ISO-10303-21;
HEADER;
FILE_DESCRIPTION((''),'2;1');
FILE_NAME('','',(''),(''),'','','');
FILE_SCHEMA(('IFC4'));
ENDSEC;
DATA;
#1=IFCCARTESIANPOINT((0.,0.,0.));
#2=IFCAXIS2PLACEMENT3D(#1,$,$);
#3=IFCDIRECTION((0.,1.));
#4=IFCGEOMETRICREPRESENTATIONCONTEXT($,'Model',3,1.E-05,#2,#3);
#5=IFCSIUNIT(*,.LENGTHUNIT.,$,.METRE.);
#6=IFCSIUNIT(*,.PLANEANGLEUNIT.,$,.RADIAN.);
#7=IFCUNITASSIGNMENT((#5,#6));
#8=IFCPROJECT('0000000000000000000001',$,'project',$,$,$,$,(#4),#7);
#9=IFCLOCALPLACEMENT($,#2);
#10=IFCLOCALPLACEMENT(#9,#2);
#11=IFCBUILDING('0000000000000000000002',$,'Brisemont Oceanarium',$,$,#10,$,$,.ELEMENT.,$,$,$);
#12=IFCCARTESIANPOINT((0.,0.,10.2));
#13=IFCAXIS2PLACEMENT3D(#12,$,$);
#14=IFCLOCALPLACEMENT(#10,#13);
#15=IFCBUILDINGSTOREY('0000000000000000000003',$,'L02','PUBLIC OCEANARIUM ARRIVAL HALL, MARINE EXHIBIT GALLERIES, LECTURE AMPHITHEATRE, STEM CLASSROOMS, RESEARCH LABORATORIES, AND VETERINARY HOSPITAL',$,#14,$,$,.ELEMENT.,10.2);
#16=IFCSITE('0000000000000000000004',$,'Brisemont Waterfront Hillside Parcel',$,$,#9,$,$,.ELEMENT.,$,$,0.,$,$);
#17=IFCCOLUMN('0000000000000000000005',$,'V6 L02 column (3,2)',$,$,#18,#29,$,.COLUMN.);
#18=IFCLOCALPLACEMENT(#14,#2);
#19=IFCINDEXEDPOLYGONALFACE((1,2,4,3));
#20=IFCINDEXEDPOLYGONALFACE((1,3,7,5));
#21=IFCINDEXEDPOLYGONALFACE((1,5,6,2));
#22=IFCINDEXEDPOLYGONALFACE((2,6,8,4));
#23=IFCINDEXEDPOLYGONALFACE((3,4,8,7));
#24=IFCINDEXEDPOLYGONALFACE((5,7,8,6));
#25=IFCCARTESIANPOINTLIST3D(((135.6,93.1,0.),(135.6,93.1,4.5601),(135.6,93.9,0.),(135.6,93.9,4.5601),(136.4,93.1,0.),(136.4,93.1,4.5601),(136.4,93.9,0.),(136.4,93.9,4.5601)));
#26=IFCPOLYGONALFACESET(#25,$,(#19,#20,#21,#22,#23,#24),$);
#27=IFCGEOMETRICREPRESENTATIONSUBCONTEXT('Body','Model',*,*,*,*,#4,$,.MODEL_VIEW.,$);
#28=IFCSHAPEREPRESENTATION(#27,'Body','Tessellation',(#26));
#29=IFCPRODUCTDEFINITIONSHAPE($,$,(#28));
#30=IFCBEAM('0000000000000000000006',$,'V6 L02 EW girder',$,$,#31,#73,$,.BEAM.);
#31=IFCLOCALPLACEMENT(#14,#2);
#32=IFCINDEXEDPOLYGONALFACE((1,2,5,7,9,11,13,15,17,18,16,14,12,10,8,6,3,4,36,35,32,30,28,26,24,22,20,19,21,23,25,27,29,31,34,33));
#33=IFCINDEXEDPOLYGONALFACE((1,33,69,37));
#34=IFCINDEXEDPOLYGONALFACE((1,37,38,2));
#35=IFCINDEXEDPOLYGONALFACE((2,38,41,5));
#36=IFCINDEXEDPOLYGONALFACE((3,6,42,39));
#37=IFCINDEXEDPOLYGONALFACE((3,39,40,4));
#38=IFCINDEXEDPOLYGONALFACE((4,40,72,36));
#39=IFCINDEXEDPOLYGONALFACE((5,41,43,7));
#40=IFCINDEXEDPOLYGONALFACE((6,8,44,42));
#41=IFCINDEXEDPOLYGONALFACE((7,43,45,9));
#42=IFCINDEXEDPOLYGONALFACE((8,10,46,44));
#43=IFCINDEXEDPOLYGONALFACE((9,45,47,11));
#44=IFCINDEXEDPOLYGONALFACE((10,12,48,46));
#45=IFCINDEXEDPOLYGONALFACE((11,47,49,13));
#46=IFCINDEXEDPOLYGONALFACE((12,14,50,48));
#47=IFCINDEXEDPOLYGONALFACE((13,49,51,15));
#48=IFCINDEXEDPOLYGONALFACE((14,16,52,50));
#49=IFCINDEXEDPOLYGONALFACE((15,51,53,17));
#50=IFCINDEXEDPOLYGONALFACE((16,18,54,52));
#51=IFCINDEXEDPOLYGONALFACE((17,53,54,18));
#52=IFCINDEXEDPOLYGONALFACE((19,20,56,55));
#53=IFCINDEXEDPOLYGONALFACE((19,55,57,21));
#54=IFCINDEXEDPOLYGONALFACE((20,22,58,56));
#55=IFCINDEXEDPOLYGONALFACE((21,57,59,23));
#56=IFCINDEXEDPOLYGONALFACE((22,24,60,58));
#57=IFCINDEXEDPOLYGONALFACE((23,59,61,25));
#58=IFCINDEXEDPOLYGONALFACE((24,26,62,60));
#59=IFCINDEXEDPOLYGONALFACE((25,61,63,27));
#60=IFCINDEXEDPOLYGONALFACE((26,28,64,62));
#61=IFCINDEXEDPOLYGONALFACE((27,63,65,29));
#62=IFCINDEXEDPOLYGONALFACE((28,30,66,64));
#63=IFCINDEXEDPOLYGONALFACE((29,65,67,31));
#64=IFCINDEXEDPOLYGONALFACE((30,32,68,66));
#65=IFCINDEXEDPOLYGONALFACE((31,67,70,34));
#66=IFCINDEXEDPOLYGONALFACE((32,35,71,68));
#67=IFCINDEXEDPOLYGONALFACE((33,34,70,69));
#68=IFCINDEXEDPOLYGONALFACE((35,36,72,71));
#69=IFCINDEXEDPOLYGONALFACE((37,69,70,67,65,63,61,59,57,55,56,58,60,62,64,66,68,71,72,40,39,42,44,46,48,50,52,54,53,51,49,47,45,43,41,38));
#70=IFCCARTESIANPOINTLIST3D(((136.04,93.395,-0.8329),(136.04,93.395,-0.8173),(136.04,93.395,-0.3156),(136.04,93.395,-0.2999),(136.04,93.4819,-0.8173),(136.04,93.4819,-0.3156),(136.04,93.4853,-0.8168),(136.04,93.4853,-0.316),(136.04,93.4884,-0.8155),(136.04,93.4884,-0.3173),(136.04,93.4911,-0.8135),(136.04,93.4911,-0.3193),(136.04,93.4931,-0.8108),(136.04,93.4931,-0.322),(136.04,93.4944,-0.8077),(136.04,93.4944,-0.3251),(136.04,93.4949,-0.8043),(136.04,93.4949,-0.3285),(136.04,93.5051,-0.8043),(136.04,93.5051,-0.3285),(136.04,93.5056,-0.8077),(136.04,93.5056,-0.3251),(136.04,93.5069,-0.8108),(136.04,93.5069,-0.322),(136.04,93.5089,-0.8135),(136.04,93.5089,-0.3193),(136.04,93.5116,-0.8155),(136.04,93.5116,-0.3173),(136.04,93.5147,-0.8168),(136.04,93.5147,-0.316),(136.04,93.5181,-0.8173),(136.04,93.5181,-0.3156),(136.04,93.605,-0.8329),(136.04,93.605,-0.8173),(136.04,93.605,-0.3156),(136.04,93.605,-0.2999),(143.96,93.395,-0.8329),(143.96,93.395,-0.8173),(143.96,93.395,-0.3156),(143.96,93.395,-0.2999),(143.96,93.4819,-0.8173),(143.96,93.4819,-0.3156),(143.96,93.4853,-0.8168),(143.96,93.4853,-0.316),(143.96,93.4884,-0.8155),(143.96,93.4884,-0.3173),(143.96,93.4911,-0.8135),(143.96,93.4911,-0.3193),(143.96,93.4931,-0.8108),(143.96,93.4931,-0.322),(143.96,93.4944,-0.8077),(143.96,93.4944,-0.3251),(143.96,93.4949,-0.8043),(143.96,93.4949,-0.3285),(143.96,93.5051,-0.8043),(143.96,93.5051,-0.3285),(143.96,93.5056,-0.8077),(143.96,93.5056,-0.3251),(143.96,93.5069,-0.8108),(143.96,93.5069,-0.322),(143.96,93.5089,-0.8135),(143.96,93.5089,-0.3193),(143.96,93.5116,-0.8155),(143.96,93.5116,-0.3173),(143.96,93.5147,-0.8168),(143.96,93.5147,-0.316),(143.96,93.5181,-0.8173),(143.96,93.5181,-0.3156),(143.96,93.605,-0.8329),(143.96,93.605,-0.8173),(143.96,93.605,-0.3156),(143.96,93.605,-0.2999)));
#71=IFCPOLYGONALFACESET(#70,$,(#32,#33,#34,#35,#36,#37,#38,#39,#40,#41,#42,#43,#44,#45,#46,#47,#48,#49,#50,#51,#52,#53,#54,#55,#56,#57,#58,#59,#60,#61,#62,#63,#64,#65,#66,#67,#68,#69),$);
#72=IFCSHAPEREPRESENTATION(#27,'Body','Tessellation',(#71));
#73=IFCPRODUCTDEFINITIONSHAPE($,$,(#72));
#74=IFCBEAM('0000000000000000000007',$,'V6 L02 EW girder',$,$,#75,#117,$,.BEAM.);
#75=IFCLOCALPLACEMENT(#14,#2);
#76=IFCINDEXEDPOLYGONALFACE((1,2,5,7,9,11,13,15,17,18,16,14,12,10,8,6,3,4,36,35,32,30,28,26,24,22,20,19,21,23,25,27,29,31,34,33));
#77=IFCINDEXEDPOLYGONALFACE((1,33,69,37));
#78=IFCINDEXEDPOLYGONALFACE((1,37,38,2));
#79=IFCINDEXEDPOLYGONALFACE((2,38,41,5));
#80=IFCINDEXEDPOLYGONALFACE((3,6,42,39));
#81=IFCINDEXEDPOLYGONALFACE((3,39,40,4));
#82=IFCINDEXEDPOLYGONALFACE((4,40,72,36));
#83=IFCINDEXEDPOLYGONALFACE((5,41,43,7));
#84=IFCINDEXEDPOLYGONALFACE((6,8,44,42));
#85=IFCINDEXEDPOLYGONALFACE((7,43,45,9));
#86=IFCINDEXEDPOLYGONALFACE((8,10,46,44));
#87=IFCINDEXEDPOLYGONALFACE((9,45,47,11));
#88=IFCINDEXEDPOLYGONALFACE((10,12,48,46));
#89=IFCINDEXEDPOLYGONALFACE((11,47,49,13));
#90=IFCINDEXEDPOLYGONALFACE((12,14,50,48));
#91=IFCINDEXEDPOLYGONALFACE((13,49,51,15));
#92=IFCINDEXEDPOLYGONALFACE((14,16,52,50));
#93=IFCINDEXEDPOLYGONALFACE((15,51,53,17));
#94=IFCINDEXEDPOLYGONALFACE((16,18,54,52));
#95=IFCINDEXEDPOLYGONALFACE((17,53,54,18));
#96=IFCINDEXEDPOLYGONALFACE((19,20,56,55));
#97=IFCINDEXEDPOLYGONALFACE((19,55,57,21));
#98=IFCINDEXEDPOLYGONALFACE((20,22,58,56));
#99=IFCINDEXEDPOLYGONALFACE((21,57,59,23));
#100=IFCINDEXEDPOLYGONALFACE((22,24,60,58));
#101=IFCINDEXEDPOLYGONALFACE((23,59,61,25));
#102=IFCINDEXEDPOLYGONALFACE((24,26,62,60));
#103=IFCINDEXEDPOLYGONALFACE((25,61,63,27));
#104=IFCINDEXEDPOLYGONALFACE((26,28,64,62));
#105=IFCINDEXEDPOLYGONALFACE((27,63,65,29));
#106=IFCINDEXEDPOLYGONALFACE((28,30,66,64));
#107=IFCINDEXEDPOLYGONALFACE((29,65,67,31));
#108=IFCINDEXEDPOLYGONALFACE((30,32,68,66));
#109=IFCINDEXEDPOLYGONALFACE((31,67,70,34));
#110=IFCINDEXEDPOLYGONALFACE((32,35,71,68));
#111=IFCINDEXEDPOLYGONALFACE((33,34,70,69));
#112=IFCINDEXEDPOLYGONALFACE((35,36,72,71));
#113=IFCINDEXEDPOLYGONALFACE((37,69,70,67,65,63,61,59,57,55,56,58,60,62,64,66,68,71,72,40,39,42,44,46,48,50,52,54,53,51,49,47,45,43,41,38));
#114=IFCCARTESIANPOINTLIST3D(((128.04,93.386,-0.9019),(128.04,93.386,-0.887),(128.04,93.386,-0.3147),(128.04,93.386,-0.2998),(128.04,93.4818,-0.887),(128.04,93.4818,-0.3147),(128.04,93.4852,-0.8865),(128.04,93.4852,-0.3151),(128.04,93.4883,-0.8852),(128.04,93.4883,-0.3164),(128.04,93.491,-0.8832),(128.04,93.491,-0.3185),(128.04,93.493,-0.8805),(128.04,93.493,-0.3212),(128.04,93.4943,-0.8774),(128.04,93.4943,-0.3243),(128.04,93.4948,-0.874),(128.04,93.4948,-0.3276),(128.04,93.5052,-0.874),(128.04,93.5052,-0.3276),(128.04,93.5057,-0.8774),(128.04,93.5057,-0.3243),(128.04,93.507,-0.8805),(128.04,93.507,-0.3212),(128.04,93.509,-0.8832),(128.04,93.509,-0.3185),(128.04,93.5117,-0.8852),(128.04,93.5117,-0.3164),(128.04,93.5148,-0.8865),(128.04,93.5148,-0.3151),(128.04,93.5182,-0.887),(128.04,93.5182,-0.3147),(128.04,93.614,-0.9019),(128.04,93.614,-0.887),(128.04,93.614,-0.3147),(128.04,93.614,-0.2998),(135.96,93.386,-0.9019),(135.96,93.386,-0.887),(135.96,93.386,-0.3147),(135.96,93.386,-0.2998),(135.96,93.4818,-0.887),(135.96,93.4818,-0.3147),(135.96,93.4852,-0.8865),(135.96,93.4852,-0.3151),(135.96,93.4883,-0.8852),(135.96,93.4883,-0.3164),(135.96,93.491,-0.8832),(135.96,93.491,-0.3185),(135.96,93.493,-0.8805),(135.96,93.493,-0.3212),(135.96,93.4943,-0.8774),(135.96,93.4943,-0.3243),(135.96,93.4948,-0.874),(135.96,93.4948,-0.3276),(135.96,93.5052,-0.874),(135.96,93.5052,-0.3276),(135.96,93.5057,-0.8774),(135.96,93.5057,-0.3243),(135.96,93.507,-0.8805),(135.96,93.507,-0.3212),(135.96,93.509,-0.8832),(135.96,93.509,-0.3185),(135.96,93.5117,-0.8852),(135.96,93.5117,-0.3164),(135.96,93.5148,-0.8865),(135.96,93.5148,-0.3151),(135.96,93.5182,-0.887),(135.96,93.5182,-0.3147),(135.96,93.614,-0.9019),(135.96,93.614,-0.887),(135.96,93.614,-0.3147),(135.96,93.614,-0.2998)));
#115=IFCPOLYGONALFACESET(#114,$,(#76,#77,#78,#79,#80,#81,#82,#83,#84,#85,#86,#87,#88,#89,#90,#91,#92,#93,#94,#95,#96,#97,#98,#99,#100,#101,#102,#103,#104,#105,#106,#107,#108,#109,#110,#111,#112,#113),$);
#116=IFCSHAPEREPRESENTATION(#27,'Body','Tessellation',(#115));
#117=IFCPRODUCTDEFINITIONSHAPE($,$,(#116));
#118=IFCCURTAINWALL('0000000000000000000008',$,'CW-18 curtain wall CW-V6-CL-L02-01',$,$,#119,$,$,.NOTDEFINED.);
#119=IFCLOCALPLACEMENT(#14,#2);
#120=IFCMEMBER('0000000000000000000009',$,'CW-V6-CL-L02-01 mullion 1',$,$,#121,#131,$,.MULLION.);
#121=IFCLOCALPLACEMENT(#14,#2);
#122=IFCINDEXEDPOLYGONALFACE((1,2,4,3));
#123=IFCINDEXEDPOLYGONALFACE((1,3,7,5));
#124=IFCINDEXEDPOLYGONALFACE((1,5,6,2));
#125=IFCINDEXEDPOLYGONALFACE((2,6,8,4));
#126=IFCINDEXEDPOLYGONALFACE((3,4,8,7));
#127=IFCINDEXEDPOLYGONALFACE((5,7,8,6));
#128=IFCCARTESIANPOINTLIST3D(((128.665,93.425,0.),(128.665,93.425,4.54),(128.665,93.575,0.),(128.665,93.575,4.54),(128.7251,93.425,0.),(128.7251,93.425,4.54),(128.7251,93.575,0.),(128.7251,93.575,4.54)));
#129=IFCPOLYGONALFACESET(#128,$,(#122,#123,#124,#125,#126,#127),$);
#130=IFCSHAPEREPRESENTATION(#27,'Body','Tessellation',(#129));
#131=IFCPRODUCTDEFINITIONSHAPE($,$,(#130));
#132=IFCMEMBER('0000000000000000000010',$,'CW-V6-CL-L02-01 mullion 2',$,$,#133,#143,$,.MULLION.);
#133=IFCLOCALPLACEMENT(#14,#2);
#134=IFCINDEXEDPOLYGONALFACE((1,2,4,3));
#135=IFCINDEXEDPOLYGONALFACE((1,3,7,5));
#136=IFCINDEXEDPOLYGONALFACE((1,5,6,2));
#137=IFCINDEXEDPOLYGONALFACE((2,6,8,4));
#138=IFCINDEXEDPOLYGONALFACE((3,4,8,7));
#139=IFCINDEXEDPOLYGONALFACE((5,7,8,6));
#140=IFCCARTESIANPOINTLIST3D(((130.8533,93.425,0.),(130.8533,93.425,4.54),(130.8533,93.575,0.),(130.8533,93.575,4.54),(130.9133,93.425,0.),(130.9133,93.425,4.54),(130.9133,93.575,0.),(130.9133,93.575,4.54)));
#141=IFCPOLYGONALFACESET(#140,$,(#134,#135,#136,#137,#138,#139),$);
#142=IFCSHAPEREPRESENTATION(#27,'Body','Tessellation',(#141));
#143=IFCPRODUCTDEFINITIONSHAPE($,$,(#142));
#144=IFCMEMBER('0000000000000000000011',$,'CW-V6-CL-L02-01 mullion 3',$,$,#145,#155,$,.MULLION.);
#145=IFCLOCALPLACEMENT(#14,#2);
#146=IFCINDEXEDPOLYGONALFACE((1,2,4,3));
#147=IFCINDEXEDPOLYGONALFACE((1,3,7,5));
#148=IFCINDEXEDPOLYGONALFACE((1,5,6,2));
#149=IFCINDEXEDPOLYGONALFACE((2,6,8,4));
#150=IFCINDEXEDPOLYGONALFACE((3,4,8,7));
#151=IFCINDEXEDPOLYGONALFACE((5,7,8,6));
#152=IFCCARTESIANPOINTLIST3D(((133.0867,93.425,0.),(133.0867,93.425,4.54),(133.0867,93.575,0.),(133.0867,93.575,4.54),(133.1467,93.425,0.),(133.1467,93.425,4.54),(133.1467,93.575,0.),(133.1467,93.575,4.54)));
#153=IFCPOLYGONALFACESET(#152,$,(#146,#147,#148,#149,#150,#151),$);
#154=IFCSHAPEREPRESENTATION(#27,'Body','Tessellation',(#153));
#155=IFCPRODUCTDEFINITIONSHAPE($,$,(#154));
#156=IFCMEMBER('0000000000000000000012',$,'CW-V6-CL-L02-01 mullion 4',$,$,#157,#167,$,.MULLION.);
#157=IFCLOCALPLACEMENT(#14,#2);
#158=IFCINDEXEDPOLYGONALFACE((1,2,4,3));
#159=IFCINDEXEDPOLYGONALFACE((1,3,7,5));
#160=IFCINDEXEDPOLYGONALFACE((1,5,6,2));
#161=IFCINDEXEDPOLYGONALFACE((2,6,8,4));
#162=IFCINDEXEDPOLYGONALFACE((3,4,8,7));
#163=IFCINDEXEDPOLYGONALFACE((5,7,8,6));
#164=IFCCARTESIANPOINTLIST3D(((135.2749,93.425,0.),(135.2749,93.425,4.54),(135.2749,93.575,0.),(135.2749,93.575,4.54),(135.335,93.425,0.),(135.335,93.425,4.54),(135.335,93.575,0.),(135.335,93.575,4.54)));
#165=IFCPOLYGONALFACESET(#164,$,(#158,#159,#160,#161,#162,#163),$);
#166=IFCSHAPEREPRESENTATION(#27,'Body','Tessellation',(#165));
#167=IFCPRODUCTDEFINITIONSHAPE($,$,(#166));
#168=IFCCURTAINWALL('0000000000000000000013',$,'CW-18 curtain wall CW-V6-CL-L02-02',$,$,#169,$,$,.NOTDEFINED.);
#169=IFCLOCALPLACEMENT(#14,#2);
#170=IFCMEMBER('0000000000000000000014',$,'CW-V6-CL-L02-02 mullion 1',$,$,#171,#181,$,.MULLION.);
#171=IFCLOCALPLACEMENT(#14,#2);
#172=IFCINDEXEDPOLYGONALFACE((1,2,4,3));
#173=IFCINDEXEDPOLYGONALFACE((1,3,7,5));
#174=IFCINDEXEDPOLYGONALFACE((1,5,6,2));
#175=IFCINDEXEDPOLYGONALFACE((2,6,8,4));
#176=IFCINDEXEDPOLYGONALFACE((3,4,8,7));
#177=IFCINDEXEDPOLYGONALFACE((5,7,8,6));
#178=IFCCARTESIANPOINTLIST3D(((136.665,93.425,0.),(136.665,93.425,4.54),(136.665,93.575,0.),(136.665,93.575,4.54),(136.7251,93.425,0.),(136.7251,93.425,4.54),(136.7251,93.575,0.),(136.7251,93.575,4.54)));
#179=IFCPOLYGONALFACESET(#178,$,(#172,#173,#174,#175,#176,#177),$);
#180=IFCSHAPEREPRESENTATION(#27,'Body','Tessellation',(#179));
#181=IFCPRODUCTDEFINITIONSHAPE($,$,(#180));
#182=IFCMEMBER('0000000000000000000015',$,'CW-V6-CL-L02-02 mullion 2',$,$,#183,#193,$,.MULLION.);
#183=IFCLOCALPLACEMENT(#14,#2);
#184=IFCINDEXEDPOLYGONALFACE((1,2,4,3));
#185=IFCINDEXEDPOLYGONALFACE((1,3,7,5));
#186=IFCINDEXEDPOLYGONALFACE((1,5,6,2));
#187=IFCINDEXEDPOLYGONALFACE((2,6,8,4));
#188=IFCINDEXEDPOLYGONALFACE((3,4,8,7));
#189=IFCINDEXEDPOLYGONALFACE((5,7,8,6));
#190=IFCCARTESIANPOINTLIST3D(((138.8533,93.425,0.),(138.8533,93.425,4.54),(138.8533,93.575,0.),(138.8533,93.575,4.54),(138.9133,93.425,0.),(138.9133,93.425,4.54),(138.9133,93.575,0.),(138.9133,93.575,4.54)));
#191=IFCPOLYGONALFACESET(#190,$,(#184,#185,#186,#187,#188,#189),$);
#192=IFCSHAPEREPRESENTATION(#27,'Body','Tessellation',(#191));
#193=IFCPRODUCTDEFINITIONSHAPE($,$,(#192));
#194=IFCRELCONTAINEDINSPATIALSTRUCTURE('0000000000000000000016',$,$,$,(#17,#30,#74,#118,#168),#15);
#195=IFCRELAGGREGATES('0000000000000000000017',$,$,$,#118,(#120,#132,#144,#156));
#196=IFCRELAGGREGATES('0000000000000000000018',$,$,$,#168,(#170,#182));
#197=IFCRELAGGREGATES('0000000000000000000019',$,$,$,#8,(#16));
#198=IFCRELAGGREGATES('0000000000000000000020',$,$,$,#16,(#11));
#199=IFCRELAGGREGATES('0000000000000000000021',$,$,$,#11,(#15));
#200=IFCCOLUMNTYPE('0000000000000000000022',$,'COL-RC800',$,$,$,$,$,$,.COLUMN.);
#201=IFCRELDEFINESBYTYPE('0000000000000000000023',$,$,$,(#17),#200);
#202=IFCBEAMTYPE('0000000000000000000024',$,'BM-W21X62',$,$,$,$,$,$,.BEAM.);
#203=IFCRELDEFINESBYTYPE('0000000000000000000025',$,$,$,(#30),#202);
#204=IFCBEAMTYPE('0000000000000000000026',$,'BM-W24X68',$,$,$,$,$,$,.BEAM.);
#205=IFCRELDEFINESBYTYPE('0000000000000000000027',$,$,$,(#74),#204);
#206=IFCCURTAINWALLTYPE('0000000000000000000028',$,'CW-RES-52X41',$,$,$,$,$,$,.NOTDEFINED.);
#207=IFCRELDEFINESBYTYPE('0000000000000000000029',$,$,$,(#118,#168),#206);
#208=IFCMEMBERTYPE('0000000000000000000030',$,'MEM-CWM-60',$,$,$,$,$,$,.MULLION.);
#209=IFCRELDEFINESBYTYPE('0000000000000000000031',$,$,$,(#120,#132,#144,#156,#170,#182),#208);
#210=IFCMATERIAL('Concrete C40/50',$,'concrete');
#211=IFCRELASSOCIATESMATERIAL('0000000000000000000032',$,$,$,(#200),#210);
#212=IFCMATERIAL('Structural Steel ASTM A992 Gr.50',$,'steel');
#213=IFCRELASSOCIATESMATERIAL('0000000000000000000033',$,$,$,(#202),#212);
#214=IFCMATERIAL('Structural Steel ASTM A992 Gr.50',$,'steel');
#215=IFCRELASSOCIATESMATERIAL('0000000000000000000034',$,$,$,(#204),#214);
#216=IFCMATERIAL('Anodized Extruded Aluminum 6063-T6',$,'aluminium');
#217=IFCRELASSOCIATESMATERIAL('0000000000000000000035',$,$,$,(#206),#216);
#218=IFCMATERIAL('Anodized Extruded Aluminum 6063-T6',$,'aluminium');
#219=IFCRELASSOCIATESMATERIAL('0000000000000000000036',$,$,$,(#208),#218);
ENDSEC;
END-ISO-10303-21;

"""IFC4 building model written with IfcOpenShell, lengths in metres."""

from ifc_helpers import new_model, si_unit, direction, frame, origin, origin_2d, place, context, subcontext, project, spatial, rectangle, i_section, extrude, material, material_profile, profile_set, type_object, element, aggregate, save


model = new_model("IFC4")

# Units and contexts
model_context = context("Model", 3, precision=1e-05, world=origin(), true_north=direction((0.0, 1.0)))
body_context = subcontext(model_context, "Body", "Model", "MODEL_VIEW")
ifc_project = project(units=[si_unit("LENGTHUNIT", "METRE"), si_unit("PLANEANGLEUNIT", "RADIAN")], contexts=[model_context])

# Site, building, storey
site_placement = place(None, origin())
site = spatial("IfcSite", under=ifc_project, at=site_placement, Name="Brisemont Waterfront Hillside Parcel", CompositionType="ELEMENT", RefElevation=0.0)
building_placement = place(site_placement, origin())
building = spatial("IfcBuilding", under=site, at=building_placement, Name="Brisemont Oceanarium", CompositionType="ELEMENT")
storey_placement = place(building_placement, frame((0.0, 0.0, 10.2)))
storey = spatial("IfcBuildingStorey", under=building, at=storey_placement, Name="L02", Description="PUBLIC OCEANARIUM ARRIVAL HALL, MARINE EXHIBIT GALLERIES, LECTURE AMPHITHEATRE, STEM CLASSROOMS, RESEARCH LABORATORIES, AND VETERINARY HOSPITAL", CompositionType="ELEMENT", Elevation=10.2)

# Column
ifc_material_1 = material(Name="Concrete C40/50", Category="concrete")
ifc_material_profile_1 = material_profile(ifc_material_1, rectangle(XDim=0.8, YDim=0.8, at=origin_2d()), Name="RC-COL-800X800")
ifc_profile_set_1 = profile_set([ifc_material_profile_1], Name="Concrete C40/50")
column_type = type_object("IfcColumnType", Name="COL-RC800", PredefinedType="COLUMN", material=ifc_profile_set_1)
column_placement = place(storey_placement, frame((136.0, 93.5, 0.0), z_axis=(0.0, 0.0, 1.0), x_axis=(0.0, 1.0, 0.0)))
element("IfcColumn", 1, at=column_placement, inside=storey, type_object=column_type, Name="V6 L02 column (3,2)", PredefinedType="COLUMN", context=body_context, shape_type="SweptSolid", body=[
    extrude(rectangle(XDim=0.8, YDim=0.8, at=origin_2d()), origin(), (0.0, 0.0, 1.0), 4.5601),
])

# Beams
ifc_material_2 = material(Name="Structural Steel ASTM A992 Gr.50", Category="steel")
ifc_material_profile_2 = material_profile(ifc_material_2, i_section(OverallWidth=0.21, OverallDepth=0.533, WebThickness=0.0103, FlangeThickness=0.0156, FilletRadius=0.0129, at=origin_2d()), Name="W21X62")
ifc_profile_set_2 = profile_set([ifc_material_profile_2], Name="Structural Steel ASTM A992 Gr.50")
beam_type_1 = type_object("IfcBeamType", Name="BM-W21X62", PredefinedType="BEAM", material=ifc_profile_set_2)
beam_1_placement = place(storey_placement, frame((136.04, 93.5, -0.5664), z_axis=(1.0, 0.0, 0.0), x_axis=(0.0, 1.0, 0.0)))
element("IfcBeam", 2, at=beam_1_placement, inside=storey, type_object=beam_type_1, Name="V6 L02 EW girder", PredefinedType="BEAM", context=body_context, shape_type="SweptSolid", body=[
    extrude(i_section(OverallWidth=0.21, OverallDepth=0.533, WebThickness=0.0103, FlangeThickness=0.0156, FilletRadius=0.0129, at=origin_2d()), origin(), (0.0, 0.0, 1.0), 7.9199),
])
ifc_material_3 = material(Name="Structural Steel ASTM A992 Gr.50", Category="steel")
ifc_material_profile_3 = material_profile(ifc_material_3, i_section(OverallWidth=0.228, OverallDepth=0.6021, WebThickness=0.0105, FlangeThickness=0.0149, FilletRadius=0.0129, at=origin_2d()), Name="W24X68")
ifc_profile_set_3 = profile_set([ifc_material_profile_3], Name="Structural Steel ASTM A992 Gr.50")
beam_type_2 = type_object("IfcBeamType", Name="BM-W24X68", PredefinedType="BEAM", material=ifc_profile_set_3)
beam_2_placement = place(storey_placement, frame((128.04, 93.5, -0.6008), z_axis=(1.0, 0.0, 0.0), x_axis=(0.0, 1.0, 0.0)))
element("IfcBeam", 3, at=beam_2_placement, inside=storey, type_object=beam_type_2, Name="V6 L02 EW girder", PredefinedType="BEAM", context=body_context, shape_type="SweptSolid", body=[
    extrude(i_section(OverallWidth=0.228, OverallDepth=0.6021, WebThickness=0.0105, FlangeThickness=0.0149, FilletRadius=0.0129, at=origin_2d()), origin(), (0.0, 0.0, 1.0), 7.9199),
])

# Curtain walls, members
ifc_material_4 = material(Name="Anodized Extruded Aluminum 6063-T6", Category="aluminium")
curtain_wall_type = type_object("IfcCurtainWallType", Name="CW-RES-52X41", PredefinedType="NOTDEFINED", material=ifc_material_4)
curtain_wall_1_placement = place(storey_placement, origin())
curtain_wall_1 = element("IfcCurtainWall", 4, at=curtain_wall_1_placement, inside=storey, type_object=curtain_wall_type, Name="CW-18 curtain wall CW-V6-CL-L02-01", PredefinedType="NOTDEFINED")
ifc_material_5 = material(Name="Anodized Extruded Aluminum 6063-T6", Category="aluminium")
ifc_material_profile_4 = material_profile(ifc_material_5, rectangle(XDim=0.0601, YDim=0.1499, at=origin_2d()), Name="CWM-60X150")
ifc_profile_set_4 = profile_set([ifc_material_profile_4], Name="Anodized Extruded Aluminum 6063-T6")
member_type_1 = type_object("IfcMemberType", Name="MEM-CWM-60", PredefinedType="MULLION", material=ifc_profile_set_4)
member_1_placement = place(storey_placement, frame((128.6951, 93.5, 0.0), z_axis=(0.0, 0.0, 1.0), x_axis=(1.0, 0.0, 0.0)))
member_1 = element("IfcMember", 5, at=member_1_placement, type_object=member_type_1, Name="CW-V6-CL-L02-01 mullion 1", PredefinedType="MULLION", context=body_context, shape_type="SweptSolid", body=[
    extrude(rectangle(XDim=0.0601, YDim=0.1499, at=origin_2d()), origin(), (0.0, 0.0, 1.0), 4.54),
])
member_2_placement = place(storey_placement, frame((130.8833, 93.5, 0.0), z_axis=(0.0, 0.0, 1.0), x_axis=(1.0, 0.0, 0.0)))
member_2 = element("IfcMember", 6, at=member_2_placement, type_object=member_type_1, Name="CW-V6-CL-L02-01 mullion 2", PredefinedType="MULLION", context=body_context, shape_type="SweptSolid", body=[
    extrude(rectangle(XDim=0.0601, YDim=0.1499, at=origin_2d()), origin(), (0.0, 0.0, 1.0), 4.54),
])
member_3_placement = place(storey_placement, frame((133.1167, 93.5, 0.0), z_axis=(0.0, 0.0, 1.0), x_axis=(1.0, 0.0, 0.0)))
member_3 = element("IfcMember", 7, at=member_3_placement, type_object=member_type_1, Name="CW-V6-CL-L02-01 mullion 3", PredefinedType="MULLION", context=body_context, shape_type="SweptSolid", body=[
    extrude(rectangle(XDim=0.0601, YDim=0.1499, at=origin_2d()), origin(), (0.0, 0.0, 1.0), 4.54),
])
member_4_placement = place(storey_placement, frame((135.3049, 93.5, 0.0), z_axis=(0.0, 0.0, 1.0), x_axis=(1.0, 0.0, 0.0)))
member_4 = element("IfcMember", 8, at=member_4_placement, type_object=member_type_1, Name="CW-V6-CL-L02-01 mullion 4", PredefinedType="MULLION", context=body_context, shape_type="SweptSolid", body=[
    extrude(rectangle(XDim=0.0601, YDim=0.1499, at=origin_2d()), origin(), (0.0, 0.0, 1.0), 4.54),
])
curtain_wall_2_placement = place(storey_placement, origin())
curtain_wall_2 = element("IfcCurtainWall", 9, at=curtain_wall_2_placement, inside=storey, type_object=curtain_wall_type, Name="CW-18 curtain wall CW-V6-CL-L02-02", PredefinedType="NOTDEFINED")
member_5_placement = place(storey_placement, frame((136.6951, 93.5, 0.0), z_axis=(0.0, 0.0, 1.0), x_axis=(1.0, 0.0, 0.0)))
member_5 = element("IfcMember", 10, at=member_5_placement, type_object=member_type_1, Name="CW-V6-CL-L02-02 mullion 1", PredefinedType="MULLION", context=body_context, shape_type="SweptSolid", body=[
    extrude(rectangle(XDim=0.0601, YDim=0.1499, at=origin_2d()), origin(), (0.0, 0.0, 1.0), 4.54),
])
member_6_placement = place(storey_placement, frame((138.8833, 93.5, 0.0), z_axis=(0.0, 0.0, 1.0), x_axis=(1.0, 0.0, 0.0)))
member_6 = element("IfcMember", 11, at=member_6_placement, type_object=member_type_1, Name="CW-V6-CL-L02-02 mullion 2", PredefinedType="MULLION", context=body_context, shape_type="SweptSolid", body=[
    extrude(rectangle(XDim=0.0601, YDim=0.1499, at=origin_2d()), origin(), (0.0, 0.0, 1.0), 4.54),
])

aggregate(curtain_wall_1, [member_1, member_2, member_3, member_4])
aggregate(curtain_wall_2, [member_5, member_6])

save(model, "model.ifc")
